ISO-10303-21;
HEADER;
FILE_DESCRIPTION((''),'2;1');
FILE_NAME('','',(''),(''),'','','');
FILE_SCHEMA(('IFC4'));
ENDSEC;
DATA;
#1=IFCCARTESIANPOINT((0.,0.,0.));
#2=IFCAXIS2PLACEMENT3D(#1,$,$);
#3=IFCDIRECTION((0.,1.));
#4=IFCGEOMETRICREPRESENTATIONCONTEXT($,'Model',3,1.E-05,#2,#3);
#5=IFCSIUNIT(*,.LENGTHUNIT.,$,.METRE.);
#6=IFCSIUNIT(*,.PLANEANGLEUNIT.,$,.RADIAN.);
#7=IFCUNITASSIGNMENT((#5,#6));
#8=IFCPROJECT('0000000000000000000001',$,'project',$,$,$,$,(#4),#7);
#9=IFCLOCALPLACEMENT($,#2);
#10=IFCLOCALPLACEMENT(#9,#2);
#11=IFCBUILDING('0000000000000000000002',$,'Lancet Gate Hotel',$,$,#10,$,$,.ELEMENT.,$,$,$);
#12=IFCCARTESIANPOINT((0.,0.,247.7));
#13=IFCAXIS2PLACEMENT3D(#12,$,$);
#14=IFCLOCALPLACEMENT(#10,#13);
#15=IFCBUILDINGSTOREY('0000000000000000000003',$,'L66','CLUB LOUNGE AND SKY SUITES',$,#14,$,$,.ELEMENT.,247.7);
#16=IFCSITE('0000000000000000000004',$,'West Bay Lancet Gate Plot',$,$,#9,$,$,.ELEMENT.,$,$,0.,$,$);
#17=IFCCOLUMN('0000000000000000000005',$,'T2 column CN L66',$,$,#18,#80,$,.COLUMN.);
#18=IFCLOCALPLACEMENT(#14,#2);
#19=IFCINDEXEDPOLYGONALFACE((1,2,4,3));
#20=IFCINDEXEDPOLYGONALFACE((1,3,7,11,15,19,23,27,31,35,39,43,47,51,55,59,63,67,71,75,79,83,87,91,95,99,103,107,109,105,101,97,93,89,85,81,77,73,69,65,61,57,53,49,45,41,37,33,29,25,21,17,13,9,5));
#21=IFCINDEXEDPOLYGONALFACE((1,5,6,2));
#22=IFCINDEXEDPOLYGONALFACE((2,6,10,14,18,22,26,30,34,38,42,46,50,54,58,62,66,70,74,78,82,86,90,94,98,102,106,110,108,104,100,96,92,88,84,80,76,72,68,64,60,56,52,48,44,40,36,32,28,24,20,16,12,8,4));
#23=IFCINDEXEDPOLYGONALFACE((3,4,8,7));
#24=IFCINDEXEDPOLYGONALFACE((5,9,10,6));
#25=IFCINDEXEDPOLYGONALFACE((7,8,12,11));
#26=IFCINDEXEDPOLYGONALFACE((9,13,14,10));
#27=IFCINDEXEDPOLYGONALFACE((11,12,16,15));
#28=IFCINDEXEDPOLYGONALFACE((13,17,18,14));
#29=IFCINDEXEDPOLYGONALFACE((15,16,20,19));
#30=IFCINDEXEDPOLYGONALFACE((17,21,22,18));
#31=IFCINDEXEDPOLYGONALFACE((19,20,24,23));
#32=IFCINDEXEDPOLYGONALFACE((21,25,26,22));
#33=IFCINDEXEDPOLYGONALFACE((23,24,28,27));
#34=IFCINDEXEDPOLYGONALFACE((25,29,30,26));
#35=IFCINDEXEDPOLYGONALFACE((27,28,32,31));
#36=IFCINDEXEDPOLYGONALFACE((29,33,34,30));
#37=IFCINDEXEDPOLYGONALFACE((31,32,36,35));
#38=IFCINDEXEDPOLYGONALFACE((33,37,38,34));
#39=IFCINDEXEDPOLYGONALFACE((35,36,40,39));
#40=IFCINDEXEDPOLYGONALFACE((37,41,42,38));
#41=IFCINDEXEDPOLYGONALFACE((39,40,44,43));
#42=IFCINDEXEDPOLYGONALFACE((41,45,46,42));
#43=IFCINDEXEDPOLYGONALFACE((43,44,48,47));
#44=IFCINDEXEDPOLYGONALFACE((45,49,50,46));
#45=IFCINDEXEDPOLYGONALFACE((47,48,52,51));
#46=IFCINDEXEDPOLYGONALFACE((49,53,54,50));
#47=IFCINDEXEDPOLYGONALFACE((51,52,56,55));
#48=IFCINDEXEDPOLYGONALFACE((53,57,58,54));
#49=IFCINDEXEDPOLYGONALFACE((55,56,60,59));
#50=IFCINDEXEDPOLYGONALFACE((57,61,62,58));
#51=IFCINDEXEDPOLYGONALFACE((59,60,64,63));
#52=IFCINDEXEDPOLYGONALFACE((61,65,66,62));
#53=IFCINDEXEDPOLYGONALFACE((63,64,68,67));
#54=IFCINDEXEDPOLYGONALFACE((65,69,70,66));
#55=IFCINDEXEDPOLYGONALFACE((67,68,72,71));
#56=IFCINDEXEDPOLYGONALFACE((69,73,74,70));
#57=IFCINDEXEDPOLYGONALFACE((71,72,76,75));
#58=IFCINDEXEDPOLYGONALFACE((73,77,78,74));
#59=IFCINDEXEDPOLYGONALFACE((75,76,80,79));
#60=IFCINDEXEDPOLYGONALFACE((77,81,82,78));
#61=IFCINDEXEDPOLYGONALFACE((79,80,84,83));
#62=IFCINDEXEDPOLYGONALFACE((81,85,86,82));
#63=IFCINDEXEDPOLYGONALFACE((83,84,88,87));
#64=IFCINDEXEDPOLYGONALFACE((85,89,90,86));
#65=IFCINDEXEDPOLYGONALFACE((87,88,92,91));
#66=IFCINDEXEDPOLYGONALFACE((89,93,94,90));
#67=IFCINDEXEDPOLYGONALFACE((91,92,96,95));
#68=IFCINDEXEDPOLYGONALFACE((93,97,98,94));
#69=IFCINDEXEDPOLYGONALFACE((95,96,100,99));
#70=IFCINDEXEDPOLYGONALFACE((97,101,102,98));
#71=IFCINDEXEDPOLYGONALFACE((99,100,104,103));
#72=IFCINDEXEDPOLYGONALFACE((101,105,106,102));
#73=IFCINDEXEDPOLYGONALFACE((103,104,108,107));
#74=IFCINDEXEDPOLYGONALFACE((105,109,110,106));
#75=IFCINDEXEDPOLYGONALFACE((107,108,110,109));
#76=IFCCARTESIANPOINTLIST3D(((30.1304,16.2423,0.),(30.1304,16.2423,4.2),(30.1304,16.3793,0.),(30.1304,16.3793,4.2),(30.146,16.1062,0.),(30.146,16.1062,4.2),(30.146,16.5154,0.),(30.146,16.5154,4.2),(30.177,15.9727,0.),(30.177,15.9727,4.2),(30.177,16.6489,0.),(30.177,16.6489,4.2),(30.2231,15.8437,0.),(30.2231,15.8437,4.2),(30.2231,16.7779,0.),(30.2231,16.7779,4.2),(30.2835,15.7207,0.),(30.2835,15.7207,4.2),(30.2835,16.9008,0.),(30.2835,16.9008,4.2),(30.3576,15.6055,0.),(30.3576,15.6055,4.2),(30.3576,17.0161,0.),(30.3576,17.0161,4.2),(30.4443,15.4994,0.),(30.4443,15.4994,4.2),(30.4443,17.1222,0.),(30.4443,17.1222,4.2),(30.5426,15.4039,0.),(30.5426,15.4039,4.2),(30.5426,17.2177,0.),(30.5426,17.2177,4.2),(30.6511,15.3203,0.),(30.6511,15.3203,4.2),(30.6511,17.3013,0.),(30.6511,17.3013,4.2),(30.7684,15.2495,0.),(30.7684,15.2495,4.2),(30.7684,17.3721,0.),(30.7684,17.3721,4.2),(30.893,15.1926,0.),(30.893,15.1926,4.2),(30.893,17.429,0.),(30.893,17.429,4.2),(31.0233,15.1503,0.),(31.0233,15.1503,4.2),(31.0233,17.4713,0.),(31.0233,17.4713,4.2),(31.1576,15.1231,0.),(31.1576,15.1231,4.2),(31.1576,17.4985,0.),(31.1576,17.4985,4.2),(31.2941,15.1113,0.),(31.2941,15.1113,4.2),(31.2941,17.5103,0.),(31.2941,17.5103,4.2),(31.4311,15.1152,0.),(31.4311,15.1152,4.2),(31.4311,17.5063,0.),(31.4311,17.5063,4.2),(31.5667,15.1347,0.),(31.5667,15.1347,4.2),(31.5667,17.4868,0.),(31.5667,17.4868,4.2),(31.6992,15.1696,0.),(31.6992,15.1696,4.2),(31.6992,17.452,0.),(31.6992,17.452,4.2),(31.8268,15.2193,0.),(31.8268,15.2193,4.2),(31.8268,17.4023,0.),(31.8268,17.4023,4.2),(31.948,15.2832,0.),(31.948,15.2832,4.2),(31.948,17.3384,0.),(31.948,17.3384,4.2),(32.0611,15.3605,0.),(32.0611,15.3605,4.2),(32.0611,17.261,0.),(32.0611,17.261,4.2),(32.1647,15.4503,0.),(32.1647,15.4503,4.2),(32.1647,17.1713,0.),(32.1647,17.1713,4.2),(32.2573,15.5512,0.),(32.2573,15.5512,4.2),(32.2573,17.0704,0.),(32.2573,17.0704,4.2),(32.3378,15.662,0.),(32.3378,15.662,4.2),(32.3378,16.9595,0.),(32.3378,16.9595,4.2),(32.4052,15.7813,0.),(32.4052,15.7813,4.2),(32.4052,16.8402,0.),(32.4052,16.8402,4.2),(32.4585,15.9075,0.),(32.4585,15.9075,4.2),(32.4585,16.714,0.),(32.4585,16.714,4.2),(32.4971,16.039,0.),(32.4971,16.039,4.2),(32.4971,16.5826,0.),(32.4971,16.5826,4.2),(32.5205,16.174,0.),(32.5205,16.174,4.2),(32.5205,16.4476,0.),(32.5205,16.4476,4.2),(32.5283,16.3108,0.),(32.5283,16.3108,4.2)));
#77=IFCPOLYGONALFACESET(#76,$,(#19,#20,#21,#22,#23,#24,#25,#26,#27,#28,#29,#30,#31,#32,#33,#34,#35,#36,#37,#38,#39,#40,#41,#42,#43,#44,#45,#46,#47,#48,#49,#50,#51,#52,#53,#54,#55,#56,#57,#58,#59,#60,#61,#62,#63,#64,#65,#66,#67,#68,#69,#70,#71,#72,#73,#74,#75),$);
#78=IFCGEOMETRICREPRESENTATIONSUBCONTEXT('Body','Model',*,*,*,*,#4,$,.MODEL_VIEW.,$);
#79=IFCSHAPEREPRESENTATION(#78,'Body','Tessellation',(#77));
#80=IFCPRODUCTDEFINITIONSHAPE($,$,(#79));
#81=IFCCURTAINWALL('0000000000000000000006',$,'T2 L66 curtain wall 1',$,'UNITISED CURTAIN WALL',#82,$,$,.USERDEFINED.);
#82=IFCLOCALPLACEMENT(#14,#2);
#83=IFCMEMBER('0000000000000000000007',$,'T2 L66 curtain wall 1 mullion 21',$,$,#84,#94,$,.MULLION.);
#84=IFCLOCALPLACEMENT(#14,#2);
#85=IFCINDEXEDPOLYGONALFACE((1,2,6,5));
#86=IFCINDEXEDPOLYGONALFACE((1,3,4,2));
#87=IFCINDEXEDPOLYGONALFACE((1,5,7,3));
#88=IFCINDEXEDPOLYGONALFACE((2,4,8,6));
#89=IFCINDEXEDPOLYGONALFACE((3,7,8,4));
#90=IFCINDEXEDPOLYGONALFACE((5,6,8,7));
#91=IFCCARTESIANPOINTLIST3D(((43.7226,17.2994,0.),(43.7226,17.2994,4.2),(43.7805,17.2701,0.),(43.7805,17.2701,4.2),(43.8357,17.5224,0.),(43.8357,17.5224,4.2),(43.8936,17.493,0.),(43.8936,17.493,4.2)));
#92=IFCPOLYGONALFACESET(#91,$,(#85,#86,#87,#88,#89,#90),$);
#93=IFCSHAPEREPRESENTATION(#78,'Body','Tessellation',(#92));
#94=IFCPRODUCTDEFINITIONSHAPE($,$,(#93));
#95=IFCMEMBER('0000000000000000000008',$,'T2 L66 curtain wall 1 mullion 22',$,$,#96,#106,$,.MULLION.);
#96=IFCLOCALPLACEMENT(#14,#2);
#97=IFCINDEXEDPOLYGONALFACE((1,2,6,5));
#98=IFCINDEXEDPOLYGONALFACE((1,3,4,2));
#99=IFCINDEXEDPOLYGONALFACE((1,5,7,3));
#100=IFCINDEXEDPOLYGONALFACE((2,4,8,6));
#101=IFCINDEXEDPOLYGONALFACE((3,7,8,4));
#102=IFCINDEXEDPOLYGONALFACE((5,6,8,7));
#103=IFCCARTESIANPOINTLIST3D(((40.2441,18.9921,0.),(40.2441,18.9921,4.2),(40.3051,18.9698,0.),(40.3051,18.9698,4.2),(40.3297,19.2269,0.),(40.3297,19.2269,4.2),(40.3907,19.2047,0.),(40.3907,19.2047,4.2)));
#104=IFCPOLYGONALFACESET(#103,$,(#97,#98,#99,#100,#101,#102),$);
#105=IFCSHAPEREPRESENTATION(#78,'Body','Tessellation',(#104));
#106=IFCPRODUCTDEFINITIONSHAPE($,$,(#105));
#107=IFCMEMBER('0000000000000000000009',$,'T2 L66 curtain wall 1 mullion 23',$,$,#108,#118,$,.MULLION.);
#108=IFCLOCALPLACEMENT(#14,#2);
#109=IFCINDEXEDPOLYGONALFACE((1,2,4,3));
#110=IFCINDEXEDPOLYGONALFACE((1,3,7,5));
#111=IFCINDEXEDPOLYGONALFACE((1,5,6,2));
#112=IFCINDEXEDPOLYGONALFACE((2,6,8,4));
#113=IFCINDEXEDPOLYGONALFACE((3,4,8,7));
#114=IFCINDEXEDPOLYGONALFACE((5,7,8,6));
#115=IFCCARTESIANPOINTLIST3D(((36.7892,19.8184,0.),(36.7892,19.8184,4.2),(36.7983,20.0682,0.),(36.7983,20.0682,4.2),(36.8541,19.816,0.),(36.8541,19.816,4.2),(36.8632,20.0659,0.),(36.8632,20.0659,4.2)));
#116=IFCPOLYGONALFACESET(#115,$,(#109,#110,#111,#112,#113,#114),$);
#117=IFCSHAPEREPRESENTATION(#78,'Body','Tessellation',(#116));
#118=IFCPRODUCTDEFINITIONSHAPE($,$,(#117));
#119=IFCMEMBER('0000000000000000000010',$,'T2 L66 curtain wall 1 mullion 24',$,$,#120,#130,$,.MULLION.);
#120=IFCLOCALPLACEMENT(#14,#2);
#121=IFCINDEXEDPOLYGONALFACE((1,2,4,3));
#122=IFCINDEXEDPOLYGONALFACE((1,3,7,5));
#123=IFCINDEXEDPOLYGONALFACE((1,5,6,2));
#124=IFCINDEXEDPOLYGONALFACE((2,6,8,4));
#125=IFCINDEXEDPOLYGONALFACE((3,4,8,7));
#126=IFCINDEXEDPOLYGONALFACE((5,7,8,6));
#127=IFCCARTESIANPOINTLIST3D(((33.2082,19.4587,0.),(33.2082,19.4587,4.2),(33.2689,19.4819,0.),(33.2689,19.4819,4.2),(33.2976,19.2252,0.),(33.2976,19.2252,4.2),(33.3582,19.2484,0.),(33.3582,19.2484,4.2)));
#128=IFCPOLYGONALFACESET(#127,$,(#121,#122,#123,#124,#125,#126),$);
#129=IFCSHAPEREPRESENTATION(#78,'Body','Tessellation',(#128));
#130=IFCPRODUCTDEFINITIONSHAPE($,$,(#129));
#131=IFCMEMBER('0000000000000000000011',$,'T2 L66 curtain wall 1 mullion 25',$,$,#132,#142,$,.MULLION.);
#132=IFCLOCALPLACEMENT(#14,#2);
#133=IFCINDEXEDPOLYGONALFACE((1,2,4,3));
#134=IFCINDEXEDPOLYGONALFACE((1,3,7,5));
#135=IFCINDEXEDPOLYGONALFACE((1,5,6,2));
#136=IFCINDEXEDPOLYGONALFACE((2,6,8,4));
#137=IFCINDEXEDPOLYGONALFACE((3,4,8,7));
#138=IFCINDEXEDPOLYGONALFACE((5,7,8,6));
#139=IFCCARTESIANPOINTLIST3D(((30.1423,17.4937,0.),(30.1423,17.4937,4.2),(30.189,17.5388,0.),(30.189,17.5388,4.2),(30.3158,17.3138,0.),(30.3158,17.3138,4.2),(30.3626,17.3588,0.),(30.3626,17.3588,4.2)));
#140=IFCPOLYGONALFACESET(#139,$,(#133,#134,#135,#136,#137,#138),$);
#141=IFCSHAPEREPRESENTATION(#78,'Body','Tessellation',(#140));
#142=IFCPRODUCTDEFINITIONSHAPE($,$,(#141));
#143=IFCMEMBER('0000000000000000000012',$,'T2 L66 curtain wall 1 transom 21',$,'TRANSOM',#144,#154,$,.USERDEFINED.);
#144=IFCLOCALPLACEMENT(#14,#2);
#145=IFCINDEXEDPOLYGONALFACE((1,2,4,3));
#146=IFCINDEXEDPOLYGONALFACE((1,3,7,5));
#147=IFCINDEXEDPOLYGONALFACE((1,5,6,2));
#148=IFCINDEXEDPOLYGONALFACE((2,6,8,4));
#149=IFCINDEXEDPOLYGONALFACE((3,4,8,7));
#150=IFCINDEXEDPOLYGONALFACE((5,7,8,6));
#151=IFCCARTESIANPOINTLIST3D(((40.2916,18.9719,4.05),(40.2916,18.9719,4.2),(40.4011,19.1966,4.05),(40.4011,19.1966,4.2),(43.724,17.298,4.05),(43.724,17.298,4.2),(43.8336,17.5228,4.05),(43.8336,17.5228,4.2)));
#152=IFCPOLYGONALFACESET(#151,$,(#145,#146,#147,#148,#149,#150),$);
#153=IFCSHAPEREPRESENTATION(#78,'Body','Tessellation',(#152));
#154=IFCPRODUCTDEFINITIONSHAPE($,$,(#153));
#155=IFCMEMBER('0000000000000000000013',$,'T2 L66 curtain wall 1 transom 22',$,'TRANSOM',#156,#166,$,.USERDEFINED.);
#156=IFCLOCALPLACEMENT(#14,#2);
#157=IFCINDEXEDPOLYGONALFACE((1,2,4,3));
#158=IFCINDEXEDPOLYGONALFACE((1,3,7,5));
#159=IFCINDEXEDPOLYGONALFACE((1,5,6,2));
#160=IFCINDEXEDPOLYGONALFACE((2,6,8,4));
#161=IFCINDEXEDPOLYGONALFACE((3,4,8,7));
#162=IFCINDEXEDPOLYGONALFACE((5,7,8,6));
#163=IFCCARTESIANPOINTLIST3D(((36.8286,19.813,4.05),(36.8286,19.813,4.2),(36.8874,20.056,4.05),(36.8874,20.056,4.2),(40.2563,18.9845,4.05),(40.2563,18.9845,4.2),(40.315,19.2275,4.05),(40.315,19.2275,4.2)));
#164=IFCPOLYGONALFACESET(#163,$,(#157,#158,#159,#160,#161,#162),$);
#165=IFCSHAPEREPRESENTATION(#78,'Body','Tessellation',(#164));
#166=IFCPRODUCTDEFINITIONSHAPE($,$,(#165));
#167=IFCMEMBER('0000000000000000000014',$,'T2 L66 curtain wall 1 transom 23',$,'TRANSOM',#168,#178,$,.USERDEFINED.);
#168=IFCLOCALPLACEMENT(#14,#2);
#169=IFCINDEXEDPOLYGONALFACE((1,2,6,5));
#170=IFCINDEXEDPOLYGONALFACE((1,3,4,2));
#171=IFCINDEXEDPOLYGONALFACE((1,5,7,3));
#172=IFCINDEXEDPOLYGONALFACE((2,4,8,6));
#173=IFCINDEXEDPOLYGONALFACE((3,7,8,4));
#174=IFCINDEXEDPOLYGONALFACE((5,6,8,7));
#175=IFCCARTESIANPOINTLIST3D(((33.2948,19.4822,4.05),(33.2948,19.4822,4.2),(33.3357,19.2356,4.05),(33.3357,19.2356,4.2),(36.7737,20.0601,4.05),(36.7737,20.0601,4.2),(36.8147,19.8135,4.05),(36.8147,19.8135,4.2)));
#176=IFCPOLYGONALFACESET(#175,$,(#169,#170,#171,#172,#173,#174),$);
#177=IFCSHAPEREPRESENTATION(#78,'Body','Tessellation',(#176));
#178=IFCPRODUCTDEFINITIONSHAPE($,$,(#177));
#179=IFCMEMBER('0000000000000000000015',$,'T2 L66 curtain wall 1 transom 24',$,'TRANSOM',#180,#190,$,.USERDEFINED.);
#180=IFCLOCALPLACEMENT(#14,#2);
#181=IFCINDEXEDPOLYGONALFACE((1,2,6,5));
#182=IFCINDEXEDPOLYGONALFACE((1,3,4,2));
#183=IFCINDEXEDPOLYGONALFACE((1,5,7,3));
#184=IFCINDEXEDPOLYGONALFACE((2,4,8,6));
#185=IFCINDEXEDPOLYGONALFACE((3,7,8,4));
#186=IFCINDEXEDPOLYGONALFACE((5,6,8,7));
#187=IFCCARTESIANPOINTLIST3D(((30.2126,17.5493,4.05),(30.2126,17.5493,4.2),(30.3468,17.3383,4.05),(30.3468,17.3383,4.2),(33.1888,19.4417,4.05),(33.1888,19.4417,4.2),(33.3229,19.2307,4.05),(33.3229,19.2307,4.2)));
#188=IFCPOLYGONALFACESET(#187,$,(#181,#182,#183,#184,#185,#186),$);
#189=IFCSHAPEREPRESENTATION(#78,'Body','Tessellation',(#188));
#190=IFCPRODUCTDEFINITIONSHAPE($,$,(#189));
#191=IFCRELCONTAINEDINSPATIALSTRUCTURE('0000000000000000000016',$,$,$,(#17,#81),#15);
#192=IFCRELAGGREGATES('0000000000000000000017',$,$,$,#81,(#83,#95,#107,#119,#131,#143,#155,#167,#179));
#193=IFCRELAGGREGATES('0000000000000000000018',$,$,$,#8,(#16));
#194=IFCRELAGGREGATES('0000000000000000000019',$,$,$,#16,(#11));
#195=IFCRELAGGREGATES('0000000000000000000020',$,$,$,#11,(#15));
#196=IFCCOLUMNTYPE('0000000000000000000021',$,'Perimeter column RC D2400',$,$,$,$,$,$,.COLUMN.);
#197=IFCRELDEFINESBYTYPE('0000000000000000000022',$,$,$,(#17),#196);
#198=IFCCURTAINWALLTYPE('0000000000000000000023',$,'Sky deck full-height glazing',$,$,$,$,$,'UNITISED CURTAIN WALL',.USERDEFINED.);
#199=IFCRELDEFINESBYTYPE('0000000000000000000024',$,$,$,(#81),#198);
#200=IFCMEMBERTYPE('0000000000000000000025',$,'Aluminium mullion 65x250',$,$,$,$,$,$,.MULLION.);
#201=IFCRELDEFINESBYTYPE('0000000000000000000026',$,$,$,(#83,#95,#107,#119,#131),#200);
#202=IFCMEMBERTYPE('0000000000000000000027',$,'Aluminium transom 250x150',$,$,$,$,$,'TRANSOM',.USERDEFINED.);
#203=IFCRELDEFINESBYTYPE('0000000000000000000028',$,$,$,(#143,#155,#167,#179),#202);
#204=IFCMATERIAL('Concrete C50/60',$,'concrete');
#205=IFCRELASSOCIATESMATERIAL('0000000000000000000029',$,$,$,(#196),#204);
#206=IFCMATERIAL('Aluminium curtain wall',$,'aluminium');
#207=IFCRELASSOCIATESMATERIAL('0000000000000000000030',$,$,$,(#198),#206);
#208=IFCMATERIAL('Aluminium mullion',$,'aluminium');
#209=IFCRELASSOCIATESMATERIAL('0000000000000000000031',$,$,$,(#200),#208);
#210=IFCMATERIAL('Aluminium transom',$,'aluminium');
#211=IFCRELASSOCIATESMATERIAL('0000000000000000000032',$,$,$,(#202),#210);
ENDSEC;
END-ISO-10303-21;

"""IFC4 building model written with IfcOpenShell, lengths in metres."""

from ifc_helpers import new_model, si_unit, direction, frame, origin, origin_2d, place, context, subcontext, project, spatial, rectangle, circle, extrude, material, material_profile, profile_set, type_object, element, aggregate, save


model = new_model("IFC4")

# Units and contexts
model_context = context("Model", 3, precision=1e-05, world=origin(), true_north=direction((0.0, 1.0)))
body_context = subcontext(model_context, "Body", "Model", "MODEL_VIEW")
ifc_project = project(units=[si_unit("LENGTHUNIT", "METRE"), si_unit("PLANEANGLEUNIT", "RADIAN")], contexts=[model_context])

# Site, building, storey
site_placement = place(None, origin())
site = spatial("IfcSite", under=ifc_project, at=site_placement, Name="West Bay Lancet Gate Plot", CompositionType="ELEMENT", RefElevation=0.0)
building_placement = place(site_placement, origin())
building = spatial("IfcBuilding", under=site, at=building_placement, Name="Lancet Gate Hotel", CompositionType="ELEMENT")
storey_placement = place(building_placement, frame((0.0, 0.0, 247.7)))
storey = spatial("IfcBuildingStorey", under=building, at=storey_placement, Name="L66", Description="CLUB LOUNGE AND SKY SUITES", CompositionType="ELEMENT", Elevation=247.7)

# Column
ifc_material_1 = material(Name="Concrete C50/60", Category="concrete")
ifc_material_profile_1 = material_profile(ifc_material_1, circle(Radius=1.2, at=origin_2d()), Name="RC D2400")
ifc_profile_set_1 = profile_set([ifc_material_profile_1], Name="Concrete C50/60")
column_type = type_object("IfcColumnType", Name="Perimeter column RC D2400", PredefinedType="COLUMN", material=ifc_profile_set_1)
column_placement = place(storey_placement, frame((31.3284, 16.3108, 0.0), z_axis=(0.0, 0.0, 1.0), x_axis=(1.0, 0.0, 0.0)))
element("IfcColumn", 1, at=column_placement, inside=storey, type_object=column_type, Name="T2 column CN L66", PredefinedType="COLUMN", context=body_context, shape_type="SweptSolid", body=[
    extrude(circle(Radius=1.2, at=origin_2d()), origin(), (0.0, 0.0, 1.0), 4.2),
])

# Curtain wall, members
ifc_material_2 = material(Name="Aluminium curtain wall", Category="aluminium")
curtain_wall_type = type_object("IfcCurtainWallType", Name="Sky deck full-height glazing", ElementType="UNITISED CURTAIN WALL", PredefinedType="USERDEFINED", material=ifc_material_2)
curtain_wall_placement = place(storey_placement, origin())
curtain_wall = element("IfcCurtainWall", 2, at=curtain_wall_placement, inside=storey, type_object=curtain_wall_type, Name="T2 L66 curtain wall 1", ObjectType="UNITISED CURTAIN WALL", PredefinedType="USERDEFINED")
ifc_material_3 = material(Name="Aluminium mullion", Category="aluminium")
ifc_material_profile_2 = material_profile(ifc_material_3, rectangle(XDim=0.0649, YDim=0.25, at=origin_2d()), Name="MULLION 65x250")
ifc_profile_set_2 = profile_set([ifc_material_profile_2], Name="Aluminium mullion")
member_type_1 = type_object("IfcMemberType", Name="Aluminium mullion 65x250", PredefinedType="MULLION", material=ifc_profile_set_2)
member_1_placement = place(storey_placement, frame((43.8081, 17.3962, 0.0), z_axis=(0.0, 0.0, 1.0), x_axis=(-0.891833, 0.452365, 0.0)))
member_1 = element("IfcMember", 3, at=member_1_placement, type_object=member_type_1, Name="T2 L66 curtain wall 1 mullion 21", PredefinedType="MULLION", context=body_context, shape_type="SweptSolid", body=[
    extrude(rectangle(XDim=0.0649, YDim=0.25, at=origin_2d()), origin(), (0.0, 0.0, 1.0), 4.2),
])
member_2_placement = place(storey_placement, frame((40.3174, 19.0984, 0.0), z_axis=(0.0, 0.0, 1.0), x_axis=(-0.939484, 0.342593, 0.0)))
member_2 = element("IfcMember", 4, at=member_2_placement, type_object=member_type_1, Name="T2 L66 curtain wall 1 mullion 22", PredefinedType="MULLION", context=body_context, shape_type="SweptSolid", body=[
    extrude(rectangle(XDim=0.0649, YDim=0.25, at=origin_2d()), origin(), (0.0, 0.0, 1.0), 4.2),
])
member_3_placement = place(storey_placement, frame((36.8262, 19.9421, 0.0), z_axis=(0.0, 0.0, 1.0), x_axis=(-0.999343, 0.03625, 0.0)))
member_3 = element("IfcMember", 5, at=member_3_placement, type_object=member_type_1, Name="T2 L66 curtain wall 1 mullion 23", PredefinedType="MULLION", context=body_context, shape_type="SweptSolid", body=[
    extrude(rectangle(XDim=0.0649, YDim=0.25, at=origin_2d()), origin(), (0.0, 0.0, 1.0), 4.2),
])
member_4_placement = place(storey_placement, frame((33.2832, 19.3535, 0.0), z_axis=(0.0, 0.0, 1.0), x_axis=(-0.933943, -0.357421, 0.0)))
member_4 = element("IfcMember", 6, at=member_4_placement, type_object=member_type_1, Name="T2 L66 curtain wall 1 mullion 24", PredefinedType="MULLION", context=body_context, shape_type="SweptSolid", body=[
    extrude(rectangle(XDim=0.0649, YDim=0.25, at=origin_2d()), origin(), (0.0, 0.0, 1.0), 4.2),
])
member_5_placement = place(storey_placement, frame((30.2524, 17.4263, 0.0), z_axis=(0.0, 0.0, 1.0), x_axis=(-0.719809, -0.694172, 0.0)))
member_5 = element("IfcMember", 7, at=member_5_placement, type_object=member_type_1, Name="T2 L66 curtain wall 1 mullion 25", PredefinedType="MULLION", context=body_context, shape_type="SweptSolid", body=[
    extrude(rectangle(XDim=0.0649, YDim=0.25, at=origin_2d()), origin(), (0.0, 0.0, 1.0), 4.2),
])
ifc_material_4 = material(Name="Aluminium transom", Category="aluminium")
ifc_material_profile_3 = material_profile(ifc_material_4, rectangle(XDim=0.25, YDim=0.1499, at=origin_2d()), Name="TRANSOM 250x150")
ifc_profile_set_3 = profile_set([ifc_material_profile_3], Name="Aluminium transom")
member_type_2 = type_object("IfcMemberType", Name="Aluminium transom 250x150", ElementType="TRANSOM", PredefinedType="USERDEFINED", material=ifc_profile_set_3)
member_6_placement = place(storey_placement, frame((43.7788, 17.4104, 4.125), z_axis=(-0.89882, 0.438318, 0.0), x_axis=(-0.438318, -0.89882, 0.0)))
member_6 = element("IfcMember", 8, at=member_6_placement, type_object=member_type_2, Name="T2 L66 curtain wall 1 transom 21", ObjectType="TRANSOM", PredefinedType="USERDEFINED", context=body_context, shape_type="SweptSolid", body=[
    extrude(rectangle(XDim=0.25, YDim=0.1499, at=origin_2d()), origin(), (0.0, 0.0, 1.0), 3.8188),
])
member_7_placement = place(storey_placement, frame((40.2856, 19.106, 4.125), z_axis=(-0.972003, 0.23497, 0.0), x_axis=(-0.23497, -0.972003, 0.0)))
member_7 = element("IfcMember", 9, at=member_7_placement, type_object=member_type_2, Name="T2 L66 curtain wall 1 transom 22", ObjectType="TRANSOM", PredefinedType="USERDEFINED", context=body_context, shape_type="SweptSolid", body=[
    extrude(rectangle(XDim=0.25, YDim=0.1499, at=origin_2d()), origin(), (0.0, 0.0, 1.0), 3.5264),
])
member_8_placement = place(storey_placement, frame((36.7942, 19.9368, 4.125), z_axis=(-0.986484, -0.16386, 0.0), x_axis=(0.16386, -0.986484, 0.0)))
member_8 = element("IfcMember", 10, at=member_8_placement, type_object=member_type_2, Name="T2 L66 curtain wall 1 transom 23", ObjectType="TRANSOM", PredefinedType="USERDEFINED", context=body_context, shape_type="SweptSolid", body=[
    extrude(rectangle(XDim=0.25, YDim=0.1499, at=origin_2d()), origin(), (0.0, 0.0, 1.0), 3.5266),
])
member_9_placement = place(storey_placement, frame((33.2559, 19.3362, 4.125), z_axis=(-0.843858, -0.536566, 0.0), x_axis=(0.536566, -0.843858, 0.0)))
member_9 = element("IfcMember", 11, at=member_9_placement, type_object=member_type_2, Name="T2 L66 curtain wall 1 transom 24", ObjectType="TRANSOM", PredefinedType="USERDEFINED", context=body_context, shape_type="SweptSolid", body=[
    extrude(rectangle(XDim=0.25, YDim=0.1499, at=origin_2d()), origin(), (0.0, 0.0, 1.0), 3.5269),
])
aggregate(curtain_wall, [member_1, member_2, member_3, member_4, member_5, member_6, member_7, member_8, member_9])

save(model, "model.ifc")
